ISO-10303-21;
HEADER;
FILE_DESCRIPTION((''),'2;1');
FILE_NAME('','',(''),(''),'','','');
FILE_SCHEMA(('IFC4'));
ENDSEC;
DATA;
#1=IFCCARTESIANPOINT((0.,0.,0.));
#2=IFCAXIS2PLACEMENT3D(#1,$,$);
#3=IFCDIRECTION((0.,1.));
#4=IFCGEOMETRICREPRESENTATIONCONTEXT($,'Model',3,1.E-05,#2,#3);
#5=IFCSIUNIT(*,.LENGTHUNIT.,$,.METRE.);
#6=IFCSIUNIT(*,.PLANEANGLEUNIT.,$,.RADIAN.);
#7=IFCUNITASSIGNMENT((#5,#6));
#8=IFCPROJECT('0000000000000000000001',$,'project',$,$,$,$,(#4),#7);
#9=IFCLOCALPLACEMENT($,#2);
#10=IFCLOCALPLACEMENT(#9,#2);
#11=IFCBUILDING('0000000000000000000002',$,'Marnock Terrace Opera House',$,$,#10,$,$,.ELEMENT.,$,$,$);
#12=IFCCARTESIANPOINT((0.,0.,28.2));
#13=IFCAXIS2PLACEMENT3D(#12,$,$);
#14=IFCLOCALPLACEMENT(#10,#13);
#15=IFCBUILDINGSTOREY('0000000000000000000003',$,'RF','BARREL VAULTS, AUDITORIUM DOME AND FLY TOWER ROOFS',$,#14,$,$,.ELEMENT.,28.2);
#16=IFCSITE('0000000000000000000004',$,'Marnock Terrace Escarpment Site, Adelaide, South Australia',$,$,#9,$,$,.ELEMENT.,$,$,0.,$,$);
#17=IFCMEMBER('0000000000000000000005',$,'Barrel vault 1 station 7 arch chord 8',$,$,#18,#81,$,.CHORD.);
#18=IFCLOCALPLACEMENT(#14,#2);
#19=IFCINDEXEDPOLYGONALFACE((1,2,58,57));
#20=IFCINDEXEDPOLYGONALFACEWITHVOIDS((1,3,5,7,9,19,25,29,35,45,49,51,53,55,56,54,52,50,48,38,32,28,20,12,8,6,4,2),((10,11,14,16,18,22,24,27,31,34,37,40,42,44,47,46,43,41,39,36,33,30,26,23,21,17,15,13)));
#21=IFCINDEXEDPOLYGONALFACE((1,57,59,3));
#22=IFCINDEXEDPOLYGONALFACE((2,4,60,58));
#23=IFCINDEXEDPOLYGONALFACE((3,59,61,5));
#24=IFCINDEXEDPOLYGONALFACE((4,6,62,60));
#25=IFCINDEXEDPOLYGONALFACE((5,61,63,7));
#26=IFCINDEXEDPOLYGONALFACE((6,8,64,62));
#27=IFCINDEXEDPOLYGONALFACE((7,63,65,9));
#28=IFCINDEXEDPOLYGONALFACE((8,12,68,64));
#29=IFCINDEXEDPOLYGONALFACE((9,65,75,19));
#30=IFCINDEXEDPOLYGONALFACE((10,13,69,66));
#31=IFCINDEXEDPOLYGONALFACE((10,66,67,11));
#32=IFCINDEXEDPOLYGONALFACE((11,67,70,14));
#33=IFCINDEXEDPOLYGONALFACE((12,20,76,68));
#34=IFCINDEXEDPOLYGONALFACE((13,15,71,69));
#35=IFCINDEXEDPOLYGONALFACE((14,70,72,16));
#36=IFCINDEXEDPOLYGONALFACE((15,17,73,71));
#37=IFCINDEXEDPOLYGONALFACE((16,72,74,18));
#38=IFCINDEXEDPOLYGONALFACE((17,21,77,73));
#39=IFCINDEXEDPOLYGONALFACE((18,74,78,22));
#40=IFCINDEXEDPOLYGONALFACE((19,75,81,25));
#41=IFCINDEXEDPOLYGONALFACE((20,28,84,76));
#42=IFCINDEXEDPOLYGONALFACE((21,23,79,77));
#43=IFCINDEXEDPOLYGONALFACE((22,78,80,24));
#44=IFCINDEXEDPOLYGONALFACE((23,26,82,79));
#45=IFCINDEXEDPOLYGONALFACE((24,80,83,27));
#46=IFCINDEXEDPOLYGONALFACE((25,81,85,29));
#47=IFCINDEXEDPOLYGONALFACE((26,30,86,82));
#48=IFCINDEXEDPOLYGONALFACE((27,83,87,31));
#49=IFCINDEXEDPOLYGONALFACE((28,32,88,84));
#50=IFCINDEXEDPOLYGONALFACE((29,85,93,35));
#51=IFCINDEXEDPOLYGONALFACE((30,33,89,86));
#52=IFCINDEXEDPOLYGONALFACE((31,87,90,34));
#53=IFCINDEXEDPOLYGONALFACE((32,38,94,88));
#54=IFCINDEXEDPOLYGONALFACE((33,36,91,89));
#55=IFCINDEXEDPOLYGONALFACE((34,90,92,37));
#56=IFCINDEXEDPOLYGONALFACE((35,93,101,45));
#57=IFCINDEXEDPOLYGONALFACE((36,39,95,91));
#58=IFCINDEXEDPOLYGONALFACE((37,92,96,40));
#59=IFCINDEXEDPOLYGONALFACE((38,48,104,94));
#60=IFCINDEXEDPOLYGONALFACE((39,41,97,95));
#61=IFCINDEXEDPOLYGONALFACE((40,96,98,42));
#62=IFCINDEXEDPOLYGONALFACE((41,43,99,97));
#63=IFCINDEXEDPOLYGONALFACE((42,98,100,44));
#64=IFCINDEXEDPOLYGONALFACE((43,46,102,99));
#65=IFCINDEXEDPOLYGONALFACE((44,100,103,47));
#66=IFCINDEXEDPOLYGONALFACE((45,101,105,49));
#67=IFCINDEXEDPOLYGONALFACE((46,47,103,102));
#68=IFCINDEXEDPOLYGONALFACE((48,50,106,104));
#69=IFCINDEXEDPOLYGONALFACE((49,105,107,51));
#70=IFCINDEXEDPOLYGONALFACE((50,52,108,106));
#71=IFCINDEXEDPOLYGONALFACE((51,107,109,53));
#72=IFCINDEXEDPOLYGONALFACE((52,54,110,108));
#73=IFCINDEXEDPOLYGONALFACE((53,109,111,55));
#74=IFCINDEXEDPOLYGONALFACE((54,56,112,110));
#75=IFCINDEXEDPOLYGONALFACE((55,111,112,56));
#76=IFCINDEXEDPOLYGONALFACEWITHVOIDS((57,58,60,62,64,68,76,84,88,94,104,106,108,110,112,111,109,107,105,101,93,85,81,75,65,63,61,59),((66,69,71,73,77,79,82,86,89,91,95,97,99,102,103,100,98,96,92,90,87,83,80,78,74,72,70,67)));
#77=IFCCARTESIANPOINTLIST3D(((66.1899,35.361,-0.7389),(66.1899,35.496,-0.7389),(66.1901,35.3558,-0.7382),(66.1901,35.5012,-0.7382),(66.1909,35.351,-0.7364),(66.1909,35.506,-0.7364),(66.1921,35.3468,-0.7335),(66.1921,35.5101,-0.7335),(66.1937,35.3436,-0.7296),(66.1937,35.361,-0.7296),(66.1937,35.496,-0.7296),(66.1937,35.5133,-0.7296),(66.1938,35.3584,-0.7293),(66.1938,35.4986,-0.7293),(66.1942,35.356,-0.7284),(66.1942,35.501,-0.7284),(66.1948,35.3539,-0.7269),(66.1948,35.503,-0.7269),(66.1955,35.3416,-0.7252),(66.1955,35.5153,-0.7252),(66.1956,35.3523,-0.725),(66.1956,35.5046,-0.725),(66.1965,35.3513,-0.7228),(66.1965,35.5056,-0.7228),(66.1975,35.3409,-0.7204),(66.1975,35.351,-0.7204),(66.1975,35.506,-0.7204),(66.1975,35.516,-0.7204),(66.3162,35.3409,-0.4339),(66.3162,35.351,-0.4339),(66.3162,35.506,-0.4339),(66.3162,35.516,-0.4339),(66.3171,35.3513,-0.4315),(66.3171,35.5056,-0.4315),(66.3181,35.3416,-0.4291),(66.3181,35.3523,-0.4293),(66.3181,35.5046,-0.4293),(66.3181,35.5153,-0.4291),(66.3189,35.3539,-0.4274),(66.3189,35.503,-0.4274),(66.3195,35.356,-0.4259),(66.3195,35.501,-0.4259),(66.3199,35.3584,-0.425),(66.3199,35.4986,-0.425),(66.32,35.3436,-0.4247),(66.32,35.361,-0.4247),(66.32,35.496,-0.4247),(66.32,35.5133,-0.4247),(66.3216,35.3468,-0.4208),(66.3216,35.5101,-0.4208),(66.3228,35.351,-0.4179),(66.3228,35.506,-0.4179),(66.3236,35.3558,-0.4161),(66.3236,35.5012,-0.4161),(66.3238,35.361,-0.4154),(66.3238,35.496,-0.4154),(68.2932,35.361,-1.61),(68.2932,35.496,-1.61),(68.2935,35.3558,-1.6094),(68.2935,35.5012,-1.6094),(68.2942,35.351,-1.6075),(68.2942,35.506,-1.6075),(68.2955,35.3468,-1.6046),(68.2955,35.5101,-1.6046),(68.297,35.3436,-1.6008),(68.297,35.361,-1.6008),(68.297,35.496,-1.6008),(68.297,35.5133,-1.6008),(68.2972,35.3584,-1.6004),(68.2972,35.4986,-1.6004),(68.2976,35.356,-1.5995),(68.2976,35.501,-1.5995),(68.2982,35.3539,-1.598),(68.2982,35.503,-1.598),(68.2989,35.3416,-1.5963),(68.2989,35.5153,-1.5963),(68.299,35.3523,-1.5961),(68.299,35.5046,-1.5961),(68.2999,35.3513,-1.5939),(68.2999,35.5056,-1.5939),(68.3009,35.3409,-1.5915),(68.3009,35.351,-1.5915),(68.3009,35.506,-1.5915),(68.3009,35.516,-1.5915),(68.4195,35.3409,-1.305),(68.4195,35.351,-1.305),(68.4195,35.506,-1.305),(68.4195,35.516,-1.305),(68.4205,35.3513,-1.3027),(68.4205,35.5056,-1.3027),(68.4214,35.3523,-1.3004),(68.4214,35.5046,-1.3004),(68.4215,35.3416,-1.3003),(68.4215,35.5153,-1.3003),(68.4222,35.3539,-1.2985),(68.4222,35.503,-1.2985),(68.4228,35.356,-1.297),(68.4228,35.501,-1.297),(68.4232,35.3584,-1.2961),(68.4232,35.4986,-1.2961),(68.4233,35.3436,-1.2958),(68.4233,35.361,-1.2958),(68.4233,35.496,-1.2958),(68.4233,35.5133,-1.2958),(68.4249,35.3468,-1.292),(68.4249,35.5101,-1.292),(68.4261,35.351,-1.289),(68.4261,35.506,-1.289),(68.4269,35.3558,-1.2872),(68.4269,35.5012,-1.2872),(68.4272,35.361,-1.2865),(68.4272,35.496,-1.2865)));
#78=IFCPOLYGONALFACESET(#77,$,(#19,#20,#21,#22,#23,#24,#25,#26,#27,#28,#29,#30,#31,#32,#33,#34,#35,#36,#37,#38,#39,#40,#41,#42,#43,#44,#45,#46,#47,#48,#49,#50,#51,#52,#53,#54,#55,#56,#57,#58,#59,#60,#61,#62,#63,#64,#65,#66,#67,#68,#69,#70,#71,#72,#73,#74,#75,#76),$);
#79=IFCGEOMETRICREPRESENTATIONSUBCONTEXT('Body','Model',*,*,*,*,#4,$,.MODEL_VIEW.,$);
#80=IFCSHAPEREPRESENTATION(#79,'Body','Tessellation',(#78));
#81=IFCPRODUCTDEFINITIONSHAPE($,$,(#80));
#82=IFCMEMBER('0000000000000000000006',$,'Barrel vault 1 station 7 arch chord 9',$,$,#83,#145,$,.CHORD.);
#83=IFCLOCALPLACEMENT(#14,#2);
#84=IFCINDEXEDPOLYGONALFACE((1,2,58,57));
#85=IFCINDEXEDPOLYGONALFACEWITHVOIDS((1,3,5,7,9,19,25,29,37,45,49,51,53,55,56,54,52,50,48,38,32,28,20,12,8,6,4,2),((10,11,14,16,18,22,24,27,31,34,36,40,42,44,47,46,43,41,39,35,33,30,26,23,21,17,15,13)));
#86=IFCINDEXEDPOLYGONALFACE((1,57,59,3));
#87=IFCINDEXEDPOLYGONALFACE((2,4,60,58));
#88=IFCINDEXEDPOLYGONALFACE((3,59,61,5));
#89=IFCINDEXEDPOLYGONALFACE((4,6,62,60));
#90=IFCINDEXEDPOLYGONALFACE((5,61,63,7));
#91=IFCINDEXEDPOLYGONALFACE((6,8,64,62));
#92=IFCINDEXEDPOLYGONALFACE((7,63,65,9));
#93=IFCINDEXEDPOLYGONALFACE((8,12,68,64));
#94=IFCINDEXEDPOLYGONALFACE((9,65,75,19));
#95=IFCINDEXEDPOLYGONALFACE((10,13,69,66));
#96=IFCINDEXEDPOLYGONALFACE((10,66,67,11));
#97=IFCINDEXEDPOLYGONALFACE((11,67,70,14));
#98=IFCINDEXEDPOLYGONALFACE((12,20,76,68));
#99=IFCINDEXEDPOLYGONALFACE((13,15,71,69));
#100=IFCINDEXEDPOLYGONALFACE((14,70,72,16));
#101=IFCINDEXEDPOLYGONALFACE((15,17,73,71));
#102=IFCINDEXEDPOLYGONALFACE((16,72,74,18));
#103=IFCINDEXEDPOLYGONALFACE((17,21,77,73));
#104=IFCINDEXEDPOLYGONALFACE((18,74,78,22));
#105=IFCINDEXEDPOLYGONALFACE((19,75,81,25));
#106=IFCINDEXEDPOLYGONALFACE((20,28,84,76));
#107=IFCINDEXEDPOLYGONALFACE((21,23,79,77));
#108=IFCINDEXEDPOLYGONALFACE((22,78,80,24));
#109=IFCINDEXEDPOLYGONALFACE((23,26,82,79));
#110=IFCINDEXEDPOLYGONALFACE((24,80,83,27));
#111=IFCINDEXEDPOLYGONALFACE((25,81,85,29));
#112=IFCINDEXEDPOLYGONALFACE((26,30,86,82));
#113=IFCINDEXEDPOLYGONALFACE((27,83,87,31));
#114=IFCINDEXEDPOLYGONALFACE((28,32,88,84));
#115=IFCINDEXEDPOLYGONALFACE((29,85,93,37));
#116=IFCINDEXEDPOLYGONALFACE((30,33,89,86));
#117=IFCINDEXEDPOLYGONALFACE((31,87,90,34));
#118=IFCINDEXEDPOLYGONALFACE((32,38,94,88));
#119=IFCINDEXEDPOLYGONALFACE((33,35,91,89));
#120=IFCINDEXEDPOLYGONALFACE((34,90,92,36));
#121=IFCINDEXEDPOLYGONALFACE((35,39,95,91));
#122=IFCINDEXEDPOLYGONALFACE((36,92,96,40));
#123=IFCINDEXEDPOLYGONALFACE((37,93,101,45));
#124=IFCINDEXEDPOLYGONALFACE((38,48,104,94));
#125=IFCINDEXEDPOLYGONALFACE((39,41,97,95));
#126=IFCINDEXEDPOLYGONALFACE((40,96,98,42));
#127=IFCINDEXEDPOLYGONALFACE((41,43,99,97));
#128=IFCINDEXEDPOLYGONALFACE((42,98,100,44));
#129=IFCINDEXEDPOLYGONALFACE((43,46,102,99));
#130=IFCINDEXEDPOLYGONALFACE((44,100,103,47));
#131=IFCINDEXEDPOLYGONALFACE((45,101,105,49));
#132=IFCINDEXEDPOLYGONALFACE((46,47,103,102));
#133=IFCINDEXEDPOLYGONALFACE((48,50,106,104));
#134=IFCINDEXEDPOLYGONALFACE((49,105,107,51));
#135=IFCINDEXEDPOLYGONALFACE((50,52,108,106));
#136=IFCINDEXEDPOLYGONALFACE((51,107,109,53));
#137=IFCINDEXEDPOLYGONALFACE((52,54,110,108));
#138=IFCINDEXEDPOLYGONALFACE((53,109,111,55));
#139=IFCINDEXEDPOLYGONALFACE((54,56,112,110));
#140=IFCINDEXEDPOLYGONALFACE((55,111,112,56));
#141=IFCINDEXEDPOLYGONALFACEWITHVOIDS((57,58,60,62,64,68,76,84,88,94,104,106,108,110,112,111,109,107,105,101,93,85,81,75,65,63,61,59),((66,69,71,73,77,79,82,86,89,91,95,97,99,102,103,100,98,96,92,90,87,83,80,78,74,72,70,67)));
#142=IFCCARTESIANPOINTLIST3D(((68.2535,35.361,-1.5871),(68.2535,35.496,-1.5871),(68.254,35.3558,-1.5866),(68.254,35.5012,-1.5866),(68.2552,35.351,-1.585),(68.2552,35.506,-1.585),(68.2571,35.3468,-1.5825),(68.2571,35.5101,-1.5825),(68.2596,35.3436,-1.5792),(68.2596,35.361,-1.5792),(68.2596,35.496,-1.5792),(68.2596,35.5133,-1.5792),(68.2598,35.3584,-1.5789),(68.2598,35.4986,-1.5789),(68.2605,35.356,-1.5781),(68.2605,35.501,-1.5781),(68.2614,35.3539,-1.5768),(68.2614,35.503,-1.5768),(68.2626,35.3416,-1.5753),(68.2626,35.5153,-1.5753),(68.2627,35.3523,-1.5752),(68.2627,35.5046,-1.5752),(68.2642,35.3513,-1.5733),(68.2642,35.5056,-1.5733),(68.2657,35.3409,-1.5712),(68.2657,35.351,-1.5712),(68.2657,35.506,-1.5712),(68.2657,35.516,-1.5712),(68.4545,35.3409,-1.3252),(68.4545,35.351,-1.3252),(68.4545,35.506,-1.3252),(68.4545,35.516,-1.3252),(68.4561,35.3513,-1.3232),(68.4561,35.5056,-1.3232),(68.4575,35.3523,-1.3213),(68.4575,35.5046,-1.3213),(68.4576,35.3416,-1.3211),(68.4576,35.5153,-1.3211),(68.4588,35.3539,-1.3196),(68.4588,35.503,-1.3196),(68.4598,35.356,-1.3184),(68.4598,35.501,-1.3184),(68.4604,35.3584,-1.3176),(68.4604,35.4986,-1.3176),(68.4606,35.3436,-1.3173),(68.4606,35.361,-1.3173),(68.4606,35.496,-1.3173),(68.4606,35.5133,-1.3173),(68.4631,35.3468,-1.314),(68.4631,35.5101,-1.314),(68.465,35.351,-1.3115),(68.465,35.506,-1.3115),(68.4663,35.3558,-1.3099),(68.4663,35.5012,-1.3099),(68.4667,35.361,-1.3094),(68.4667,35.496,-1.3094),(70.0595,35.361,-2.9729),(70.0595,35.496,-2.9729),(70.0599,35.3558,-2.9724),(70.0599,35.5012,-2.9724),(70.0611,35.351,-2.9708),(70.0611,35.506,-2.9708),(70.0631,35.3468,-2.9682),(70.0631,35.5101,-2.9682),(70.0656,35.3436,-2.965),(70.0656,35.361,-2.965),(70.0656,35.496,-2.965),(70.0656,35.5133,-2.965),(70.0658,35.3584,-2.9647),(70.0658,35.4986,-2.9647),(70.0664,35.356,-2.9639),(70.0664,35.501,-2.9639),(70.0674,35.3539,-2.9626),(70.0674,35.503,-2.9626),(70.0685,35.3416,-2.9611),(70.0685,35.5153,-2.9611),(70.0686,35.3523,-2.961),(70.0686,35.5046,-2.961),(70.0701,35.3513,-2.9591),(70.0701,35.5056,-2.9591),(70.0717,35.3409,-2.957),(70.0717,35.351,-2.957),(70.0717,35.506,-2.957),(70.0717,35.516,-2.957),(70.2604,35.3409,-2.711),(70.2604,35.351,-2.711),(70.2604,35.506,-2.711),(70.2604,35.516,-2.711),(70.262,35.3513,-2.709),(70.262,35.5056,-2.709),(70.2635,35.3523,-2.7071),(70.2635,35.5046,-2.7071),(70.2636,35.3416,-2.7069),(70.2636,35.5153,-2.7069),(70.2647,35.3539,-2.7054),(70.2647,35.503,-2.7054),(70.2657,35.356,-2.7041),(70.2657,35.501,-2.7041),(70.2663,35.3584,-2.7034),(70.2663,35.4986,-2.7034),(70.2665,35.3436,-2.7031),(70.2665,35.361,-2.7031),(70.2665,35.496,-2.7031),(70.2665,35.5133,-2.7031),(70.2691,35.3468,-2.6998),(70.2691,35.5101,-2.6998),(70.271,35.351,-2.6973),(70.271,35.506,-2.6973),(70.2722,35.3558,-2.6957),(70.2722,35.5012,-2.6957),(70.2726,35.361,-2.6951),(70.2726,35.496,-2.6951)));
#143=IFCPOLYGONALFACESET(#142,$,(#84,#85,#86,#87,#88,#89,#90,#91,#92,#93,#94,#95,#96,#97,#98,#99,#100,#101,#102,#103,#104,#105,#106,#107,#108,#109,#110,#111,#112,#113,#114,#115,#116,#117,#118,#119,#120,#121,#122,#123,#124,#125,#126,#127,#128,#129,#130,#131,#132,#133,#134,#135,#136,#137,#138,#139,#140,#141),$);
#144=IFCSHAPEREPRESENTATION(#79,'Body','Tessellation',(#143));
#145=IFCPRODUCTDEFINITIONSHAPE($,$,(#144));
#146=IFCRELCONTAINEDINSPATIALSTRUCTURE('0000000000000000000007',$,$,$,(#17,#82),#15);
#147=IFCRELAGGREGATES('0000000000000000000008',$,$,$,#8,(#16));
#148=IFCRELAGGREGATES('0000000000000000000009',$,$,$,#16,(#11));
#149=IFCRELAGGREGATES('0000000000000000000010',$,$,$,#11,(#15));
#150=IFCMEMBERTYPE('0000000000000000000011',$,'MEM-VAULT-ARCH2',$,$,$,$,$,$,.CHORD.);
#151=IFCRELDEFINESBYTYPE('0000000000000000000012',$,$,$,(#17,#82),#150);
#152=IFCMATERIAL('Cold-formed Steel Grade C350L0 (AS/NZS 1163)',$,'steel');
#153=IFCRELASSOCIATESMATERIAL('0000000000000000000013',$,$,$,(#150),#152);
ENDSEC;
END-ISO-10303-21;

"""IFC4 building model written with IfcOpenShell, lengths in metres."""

from ifc_helpers import new_model, si_unit, direction, frame, origin, origin_2d, place, context, subcontext, project, spatial, hollow_rectangle, extrude, material, material_profile, profile_set, type_object, element, save


model = new_model("IFC4")

# Units and contexts
model_context = context("Model", 3, precision=1e-05, world=origin(), true_north=direction((0.0, 1.0)))
body_context = subcontext(model_context, "Body", "Model", "MODEL_VIEW")
ifc_project = project(units=[si_unit("LENGTHUNIT", "METRE"), si_unit("PLANEANGLEUNIT", "RADIAN")], contexts=[model_context])

# Site, building, storey
site_placement = place(None, origin())
site = spatial("IfcSite", under=ifc_project, at=site_placement, Name="Marnock Terrace Escarpment Site, Adelaide, South Australia", CompositionType="ELEMENT", RefElevation=0.0)
building_placement = place(site_placement, origin())
building = spatial("IfcBuilding", under=site, at=building_placement, Name="Marnock Terrace Opera House", CompositionType="ELEMENT")
storey_placement = place(building_placement, frame((0.0, 0.0, 28.2)))
storey = spatial("IfcBuildingStorey", under=building, at=storey_placement, Name="RF", Description="BARREL VAULTS, AUDITORIUM DOME AND FLY TOWER ROOFS", CompositionType="ELEMENT", Elevation=28.2)

# Members
ifc_material_1 = material(Name="Cold-formed Steel Grade C350L0 (AS/NZS 1163)", Category="steel")
ifc_material_profile_1 = material_profile(ifc_material_1, hollow_rectangle(XDim=0.175, YDim=0.3501, WallThickness=0.01, InnerFilletRadius=0.01, OuterFilletRadius=0.02, at=origin_2d()))
ifc_profile_set_1 = profile_set([ifc_material_profile_1], Name="Cold-formed Steel Grade C350L0 (AS/NZS 1163)")
member_type_1 = type_object("IfcMemberType", Name="MEM-VAULT-ARCH2", PredefinedType="CHORD", material=ifc_profile_set_1)
member_1_placement = place(storey_placement, frame((66.2568, 35.4285, -0.5771), z_axis=(0.923897, 0.0, -0.382642), x_axis=(0.0, 1.0, 0.0)))
element("IfcMember", 1, at=member_1_placement, inside=storey, type_object=member_type_1, Name="Barrel vault 1 station 7 arch chord 8", PredefinedType="CHORD", context=body_context, shape_type="SweptSolid", body=[
    extrude(hollow_rectangle(XDim=0.175, YDim=0.3501, WallThickness=0.01, InnerFilletRadius=0.01, OuterFilletRadius=0.02, at=origin_2d()), origin(), (0.0, 0.0, 1.0), 2.2766),
])
for number, where, z_axis, x_axis, name in (
    (2, (68.3601, 35.4285, -1.4482), (0.793349, 0.0, -0.608767), (0.0, 1.0, 0.0), "Barrel vault 1 station 7 arch chord 9"),
):
    element("IfcMember", number, at=place(storey_placement, frame(where, z_axis=z_axis, x_axis=x_axis)), inside=storey, type_object=member_type_1, Name=name, PredefinedType="CHORD", context=body_context, shape_type="SweptSolid", body=[
        extrude(hollow_rectangle(XDim=0.175, YDim=0.3501, WallThickness=0.01, InnerFilletRadius=0.01, OuterFilletRadius=0.02, at=origin_2d()), origin(), (0.0, 0.0, 1.0), 2.2764),
    ])

save(model, "model.ifc")
